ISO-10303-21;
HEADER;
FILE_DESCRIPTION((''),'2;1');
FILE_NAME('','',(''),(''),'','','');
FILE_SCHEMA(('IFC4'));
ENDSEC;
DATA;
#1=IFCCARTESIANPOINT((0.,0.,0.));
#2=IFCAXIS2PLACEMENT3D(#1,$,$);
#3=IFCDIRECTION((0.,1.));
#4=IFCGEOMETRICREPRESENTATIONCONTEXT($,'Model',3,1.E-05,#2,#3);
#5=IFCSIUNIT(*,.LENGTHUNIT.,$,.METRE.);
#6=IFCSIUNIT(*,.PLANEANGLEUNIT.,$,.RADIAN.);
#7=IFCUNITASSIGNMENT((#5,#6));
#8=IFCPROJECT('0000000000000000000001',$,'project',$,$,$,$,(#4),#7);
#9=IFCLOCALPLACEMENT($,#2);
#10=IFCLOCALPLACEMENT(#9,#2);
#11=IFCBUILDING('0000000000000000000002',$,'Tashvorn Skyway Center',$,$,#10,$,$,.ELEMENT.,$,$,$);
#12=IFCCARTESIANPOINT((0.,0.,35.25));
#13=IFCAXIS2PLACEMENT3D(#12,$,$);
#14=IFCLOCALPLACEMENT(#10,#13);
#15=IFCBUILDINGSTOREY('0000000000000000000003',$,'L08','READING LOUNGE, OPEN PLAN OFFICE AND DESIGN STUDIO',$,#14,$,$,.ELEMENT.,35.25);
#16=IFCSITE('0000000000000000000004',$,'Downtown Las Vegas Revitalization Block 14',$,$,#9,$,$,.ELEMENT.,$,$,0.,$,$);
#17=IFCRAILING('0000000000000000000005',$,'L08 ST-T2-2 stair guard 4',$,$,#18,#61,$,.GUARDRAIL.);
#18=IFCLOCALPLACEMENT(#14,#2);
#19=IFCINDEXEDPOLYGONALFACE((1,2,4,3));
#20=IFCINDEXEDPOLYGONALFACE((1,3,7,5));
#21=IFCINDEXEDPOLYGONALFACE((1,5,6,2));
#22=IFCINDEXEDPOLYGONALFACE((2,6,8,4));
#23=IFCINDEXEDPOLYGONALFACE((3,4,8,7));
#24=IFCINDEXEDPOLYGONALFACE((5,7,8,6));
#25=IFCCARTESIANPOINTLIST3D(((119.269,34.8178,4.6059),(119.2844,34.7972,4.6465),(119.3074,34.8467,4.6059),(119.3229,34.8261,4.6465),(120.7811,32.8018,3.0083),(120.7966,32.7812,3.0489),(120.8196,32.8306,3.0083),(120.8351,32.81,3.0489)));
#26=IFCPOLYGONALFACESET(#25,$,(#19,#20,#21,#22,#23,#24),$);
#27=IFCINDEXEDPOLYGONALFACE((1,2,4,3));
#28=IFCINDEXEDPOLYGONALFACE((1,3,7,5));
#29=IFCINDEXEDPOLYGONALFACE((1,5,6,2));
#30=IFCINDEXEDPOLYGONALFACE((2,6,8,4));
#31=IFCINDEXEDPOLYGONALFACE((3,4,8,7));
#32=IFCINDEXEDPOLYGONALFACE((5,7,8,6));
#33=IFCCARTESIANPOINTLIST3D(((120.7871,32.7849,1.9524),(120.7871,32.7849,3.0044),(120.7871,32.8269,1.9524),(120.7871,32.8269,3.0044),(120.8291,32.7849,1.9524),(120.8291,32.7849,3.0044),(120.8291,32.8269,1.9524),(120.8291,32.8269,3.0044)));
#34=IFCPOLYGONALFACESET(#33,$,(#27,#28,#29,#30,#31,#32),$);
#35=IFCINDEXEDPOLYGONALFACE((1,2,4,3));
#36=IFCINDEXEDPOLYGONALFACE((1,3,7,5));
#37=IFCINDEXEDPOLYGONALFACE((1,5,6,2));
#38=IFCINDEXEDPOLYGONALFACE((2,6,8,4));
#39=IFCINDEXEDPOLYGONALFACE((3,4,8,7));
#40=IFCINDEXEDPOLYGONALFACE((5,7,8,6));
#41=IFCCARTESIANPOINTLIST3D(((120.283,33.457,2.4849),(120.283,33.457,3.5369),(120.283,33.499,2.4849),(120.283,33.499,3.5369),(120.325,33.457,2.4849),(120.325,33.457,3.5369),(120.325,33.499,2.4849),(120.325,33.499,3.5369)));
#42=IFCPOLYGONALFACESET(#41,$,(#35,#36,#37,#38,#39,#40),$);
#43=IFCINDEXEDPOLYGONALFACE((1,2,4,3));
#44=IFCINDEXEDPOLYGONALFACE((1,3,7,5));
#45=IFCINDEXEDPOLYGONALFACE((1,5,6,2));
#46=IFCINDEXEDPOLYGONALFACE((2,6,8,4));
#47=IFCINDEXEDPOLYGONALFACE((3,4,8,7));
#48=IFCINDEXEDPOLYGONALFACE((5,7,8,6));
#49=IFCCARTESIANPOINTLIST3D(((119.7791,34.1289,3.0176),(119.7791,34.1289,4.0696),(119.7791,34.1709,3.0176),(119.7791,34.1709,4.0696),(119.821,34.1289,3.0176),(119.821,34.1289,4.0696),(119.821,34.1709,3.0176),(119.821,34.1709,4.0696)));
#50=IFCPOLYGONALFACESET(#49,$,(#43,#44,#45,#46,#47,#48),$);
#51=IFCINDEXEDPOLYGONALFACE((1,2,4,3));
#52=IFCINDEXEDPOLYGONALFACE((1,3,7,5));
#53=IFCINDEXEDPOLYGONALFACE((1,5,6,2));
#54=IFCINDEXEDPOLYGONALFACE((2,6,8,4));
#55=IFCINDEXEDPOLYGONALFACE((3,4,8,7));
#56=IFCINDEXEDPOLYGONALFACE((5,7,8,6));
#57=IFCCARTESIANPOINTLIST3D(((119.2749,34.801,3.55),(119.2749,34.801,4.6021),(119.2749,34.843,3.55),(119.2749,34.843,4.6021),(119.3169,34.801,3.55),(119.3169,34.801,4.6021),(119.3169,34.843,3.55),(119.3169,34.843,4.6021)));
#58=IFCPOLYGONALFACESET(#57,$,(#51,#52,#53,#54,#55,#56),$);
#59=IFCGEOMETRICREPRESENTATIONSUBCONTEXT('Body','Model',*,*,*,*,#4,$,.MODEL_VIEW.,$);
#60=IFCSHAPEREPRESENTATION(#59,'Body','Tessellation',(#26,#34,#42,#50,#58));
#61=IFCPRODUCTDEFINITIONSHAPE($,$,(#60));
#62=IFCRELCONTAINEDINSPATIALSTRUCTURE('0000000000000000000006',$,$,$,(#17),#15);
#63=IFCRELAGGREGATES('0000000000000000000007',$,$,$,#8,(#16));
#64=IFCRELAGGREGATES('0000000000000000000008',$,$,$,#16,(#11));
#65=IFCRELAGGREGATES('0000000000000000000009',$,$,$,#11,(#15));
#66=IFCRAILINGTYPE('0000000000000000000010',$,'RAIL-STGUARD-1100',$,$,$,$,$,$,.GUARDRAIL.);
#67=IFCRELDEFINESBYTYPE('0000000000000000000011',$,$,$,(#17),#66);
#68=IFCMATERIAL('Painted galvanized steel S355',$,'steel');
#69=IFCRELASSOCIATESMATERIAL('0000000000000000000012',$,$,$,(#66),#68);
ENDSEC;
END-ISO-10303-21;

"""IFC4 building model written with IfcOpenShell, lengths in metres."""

from ifc_helpers import new_model, si_unit, direction, frame, origin, origin_2d, place, context, subcontext, project, spatial, rectangle, extrude, material, type_object, element, save


model = new_model("IFC4")

# Units and contexts
model_context = context("Model", 3, precision=1e-05, world=origin(), true_north=direction((0.0, 1.0)))
body_context = subcontext(model_context, "Body", "Model", "MODEL_VIEW")
ifc_project = project(units=[si_unit("LENGTHUNIT", "METRE"), si_unit("PLANEANGLEUNIT", "RADIAN")], contexts=[model_context])

# Site, building, storey
site_placement = place(None, origin())
site = spatial("IfcSite", under=ifc_project, at=site_placement, Name="Downtown Las Vegas Revitalization Block 14", CompositionType="ELEMENT", RefElevation=0.0)
building_placement = place(site_placement, origin())
building = spatial("IfcBuilding", under=site, at=building_placement, Name="Tashvorn Skyway Center", CompositionType="ELEMENT")
storey_placement = place(building_placement, frame((0.0, 0.0, 35.25)))
storey = spatial("IfcBuildingStorey", under=building, at=storey_placement, Name="L08", Description="READING LOUNGE, OPEN PLAN OFFICE AND DESIGN STUDIO", CompositionType="ELEMENT", Elevation=35.25)

# Railing
ifc_material_1 = material(Name="Painted galvanized steel S355", Category="steel")
railing_type_1 = type_object("IfcRailingType", Name="RAIL-STGUARD-1100", PredefinedType="GUARDRAIL", material=ifc_material_1)
railing_1_placement = place(storey_placement, frame((120.8081, 32.8059, 1.9524)))
element("IfcRailing", 1, at=railing_1_placement, inside=storey, type_object=railing_type_1, Name="L08 ST-T2-2 stair guard 4", PredefinedType="GUARDRAIL", context=body_context, shape_type="SweptSolid", body=[
    extrude(rectangle(XDim=0.0481, YDim=0.0481, at=origin_2d()), frame((0.0, 0.0, 1.0762), z_axis=(-0.506779, 0.675651, 0.535416), x_axis=(-0.799977, -0.600031, 0.0)), (0.0, 0.0, 1.0), 2.9839),
    extrude(rectangle(XDim=0.042, YDim=0.042, at=origin_2d()), origin(), (0.0, 0.0, 1.0), 1.052),
    extrude(rectangle(XDim=0.042, YDim=0.042, at=origin_2d()), frame((-0.5042, 0.6721, 0.5325)), (0.0, 0.0, 1.0), 1.052),
    extrude(rectangle(XDim=0.042, YDim=0.042, at=origin_2d()), frame((-1.0081, 1.344, 1.0652)), (0.0, 0.0, 1.0), 1.052),
    extrude(rectangle(XDim=0.042, YDim=0.042, at=origin_2d()), frame((-1.5122, 2.0161, 1.5977)), (0.0, 0.0, 1.0), 1.052),
])

save(model, "model.ifc")
